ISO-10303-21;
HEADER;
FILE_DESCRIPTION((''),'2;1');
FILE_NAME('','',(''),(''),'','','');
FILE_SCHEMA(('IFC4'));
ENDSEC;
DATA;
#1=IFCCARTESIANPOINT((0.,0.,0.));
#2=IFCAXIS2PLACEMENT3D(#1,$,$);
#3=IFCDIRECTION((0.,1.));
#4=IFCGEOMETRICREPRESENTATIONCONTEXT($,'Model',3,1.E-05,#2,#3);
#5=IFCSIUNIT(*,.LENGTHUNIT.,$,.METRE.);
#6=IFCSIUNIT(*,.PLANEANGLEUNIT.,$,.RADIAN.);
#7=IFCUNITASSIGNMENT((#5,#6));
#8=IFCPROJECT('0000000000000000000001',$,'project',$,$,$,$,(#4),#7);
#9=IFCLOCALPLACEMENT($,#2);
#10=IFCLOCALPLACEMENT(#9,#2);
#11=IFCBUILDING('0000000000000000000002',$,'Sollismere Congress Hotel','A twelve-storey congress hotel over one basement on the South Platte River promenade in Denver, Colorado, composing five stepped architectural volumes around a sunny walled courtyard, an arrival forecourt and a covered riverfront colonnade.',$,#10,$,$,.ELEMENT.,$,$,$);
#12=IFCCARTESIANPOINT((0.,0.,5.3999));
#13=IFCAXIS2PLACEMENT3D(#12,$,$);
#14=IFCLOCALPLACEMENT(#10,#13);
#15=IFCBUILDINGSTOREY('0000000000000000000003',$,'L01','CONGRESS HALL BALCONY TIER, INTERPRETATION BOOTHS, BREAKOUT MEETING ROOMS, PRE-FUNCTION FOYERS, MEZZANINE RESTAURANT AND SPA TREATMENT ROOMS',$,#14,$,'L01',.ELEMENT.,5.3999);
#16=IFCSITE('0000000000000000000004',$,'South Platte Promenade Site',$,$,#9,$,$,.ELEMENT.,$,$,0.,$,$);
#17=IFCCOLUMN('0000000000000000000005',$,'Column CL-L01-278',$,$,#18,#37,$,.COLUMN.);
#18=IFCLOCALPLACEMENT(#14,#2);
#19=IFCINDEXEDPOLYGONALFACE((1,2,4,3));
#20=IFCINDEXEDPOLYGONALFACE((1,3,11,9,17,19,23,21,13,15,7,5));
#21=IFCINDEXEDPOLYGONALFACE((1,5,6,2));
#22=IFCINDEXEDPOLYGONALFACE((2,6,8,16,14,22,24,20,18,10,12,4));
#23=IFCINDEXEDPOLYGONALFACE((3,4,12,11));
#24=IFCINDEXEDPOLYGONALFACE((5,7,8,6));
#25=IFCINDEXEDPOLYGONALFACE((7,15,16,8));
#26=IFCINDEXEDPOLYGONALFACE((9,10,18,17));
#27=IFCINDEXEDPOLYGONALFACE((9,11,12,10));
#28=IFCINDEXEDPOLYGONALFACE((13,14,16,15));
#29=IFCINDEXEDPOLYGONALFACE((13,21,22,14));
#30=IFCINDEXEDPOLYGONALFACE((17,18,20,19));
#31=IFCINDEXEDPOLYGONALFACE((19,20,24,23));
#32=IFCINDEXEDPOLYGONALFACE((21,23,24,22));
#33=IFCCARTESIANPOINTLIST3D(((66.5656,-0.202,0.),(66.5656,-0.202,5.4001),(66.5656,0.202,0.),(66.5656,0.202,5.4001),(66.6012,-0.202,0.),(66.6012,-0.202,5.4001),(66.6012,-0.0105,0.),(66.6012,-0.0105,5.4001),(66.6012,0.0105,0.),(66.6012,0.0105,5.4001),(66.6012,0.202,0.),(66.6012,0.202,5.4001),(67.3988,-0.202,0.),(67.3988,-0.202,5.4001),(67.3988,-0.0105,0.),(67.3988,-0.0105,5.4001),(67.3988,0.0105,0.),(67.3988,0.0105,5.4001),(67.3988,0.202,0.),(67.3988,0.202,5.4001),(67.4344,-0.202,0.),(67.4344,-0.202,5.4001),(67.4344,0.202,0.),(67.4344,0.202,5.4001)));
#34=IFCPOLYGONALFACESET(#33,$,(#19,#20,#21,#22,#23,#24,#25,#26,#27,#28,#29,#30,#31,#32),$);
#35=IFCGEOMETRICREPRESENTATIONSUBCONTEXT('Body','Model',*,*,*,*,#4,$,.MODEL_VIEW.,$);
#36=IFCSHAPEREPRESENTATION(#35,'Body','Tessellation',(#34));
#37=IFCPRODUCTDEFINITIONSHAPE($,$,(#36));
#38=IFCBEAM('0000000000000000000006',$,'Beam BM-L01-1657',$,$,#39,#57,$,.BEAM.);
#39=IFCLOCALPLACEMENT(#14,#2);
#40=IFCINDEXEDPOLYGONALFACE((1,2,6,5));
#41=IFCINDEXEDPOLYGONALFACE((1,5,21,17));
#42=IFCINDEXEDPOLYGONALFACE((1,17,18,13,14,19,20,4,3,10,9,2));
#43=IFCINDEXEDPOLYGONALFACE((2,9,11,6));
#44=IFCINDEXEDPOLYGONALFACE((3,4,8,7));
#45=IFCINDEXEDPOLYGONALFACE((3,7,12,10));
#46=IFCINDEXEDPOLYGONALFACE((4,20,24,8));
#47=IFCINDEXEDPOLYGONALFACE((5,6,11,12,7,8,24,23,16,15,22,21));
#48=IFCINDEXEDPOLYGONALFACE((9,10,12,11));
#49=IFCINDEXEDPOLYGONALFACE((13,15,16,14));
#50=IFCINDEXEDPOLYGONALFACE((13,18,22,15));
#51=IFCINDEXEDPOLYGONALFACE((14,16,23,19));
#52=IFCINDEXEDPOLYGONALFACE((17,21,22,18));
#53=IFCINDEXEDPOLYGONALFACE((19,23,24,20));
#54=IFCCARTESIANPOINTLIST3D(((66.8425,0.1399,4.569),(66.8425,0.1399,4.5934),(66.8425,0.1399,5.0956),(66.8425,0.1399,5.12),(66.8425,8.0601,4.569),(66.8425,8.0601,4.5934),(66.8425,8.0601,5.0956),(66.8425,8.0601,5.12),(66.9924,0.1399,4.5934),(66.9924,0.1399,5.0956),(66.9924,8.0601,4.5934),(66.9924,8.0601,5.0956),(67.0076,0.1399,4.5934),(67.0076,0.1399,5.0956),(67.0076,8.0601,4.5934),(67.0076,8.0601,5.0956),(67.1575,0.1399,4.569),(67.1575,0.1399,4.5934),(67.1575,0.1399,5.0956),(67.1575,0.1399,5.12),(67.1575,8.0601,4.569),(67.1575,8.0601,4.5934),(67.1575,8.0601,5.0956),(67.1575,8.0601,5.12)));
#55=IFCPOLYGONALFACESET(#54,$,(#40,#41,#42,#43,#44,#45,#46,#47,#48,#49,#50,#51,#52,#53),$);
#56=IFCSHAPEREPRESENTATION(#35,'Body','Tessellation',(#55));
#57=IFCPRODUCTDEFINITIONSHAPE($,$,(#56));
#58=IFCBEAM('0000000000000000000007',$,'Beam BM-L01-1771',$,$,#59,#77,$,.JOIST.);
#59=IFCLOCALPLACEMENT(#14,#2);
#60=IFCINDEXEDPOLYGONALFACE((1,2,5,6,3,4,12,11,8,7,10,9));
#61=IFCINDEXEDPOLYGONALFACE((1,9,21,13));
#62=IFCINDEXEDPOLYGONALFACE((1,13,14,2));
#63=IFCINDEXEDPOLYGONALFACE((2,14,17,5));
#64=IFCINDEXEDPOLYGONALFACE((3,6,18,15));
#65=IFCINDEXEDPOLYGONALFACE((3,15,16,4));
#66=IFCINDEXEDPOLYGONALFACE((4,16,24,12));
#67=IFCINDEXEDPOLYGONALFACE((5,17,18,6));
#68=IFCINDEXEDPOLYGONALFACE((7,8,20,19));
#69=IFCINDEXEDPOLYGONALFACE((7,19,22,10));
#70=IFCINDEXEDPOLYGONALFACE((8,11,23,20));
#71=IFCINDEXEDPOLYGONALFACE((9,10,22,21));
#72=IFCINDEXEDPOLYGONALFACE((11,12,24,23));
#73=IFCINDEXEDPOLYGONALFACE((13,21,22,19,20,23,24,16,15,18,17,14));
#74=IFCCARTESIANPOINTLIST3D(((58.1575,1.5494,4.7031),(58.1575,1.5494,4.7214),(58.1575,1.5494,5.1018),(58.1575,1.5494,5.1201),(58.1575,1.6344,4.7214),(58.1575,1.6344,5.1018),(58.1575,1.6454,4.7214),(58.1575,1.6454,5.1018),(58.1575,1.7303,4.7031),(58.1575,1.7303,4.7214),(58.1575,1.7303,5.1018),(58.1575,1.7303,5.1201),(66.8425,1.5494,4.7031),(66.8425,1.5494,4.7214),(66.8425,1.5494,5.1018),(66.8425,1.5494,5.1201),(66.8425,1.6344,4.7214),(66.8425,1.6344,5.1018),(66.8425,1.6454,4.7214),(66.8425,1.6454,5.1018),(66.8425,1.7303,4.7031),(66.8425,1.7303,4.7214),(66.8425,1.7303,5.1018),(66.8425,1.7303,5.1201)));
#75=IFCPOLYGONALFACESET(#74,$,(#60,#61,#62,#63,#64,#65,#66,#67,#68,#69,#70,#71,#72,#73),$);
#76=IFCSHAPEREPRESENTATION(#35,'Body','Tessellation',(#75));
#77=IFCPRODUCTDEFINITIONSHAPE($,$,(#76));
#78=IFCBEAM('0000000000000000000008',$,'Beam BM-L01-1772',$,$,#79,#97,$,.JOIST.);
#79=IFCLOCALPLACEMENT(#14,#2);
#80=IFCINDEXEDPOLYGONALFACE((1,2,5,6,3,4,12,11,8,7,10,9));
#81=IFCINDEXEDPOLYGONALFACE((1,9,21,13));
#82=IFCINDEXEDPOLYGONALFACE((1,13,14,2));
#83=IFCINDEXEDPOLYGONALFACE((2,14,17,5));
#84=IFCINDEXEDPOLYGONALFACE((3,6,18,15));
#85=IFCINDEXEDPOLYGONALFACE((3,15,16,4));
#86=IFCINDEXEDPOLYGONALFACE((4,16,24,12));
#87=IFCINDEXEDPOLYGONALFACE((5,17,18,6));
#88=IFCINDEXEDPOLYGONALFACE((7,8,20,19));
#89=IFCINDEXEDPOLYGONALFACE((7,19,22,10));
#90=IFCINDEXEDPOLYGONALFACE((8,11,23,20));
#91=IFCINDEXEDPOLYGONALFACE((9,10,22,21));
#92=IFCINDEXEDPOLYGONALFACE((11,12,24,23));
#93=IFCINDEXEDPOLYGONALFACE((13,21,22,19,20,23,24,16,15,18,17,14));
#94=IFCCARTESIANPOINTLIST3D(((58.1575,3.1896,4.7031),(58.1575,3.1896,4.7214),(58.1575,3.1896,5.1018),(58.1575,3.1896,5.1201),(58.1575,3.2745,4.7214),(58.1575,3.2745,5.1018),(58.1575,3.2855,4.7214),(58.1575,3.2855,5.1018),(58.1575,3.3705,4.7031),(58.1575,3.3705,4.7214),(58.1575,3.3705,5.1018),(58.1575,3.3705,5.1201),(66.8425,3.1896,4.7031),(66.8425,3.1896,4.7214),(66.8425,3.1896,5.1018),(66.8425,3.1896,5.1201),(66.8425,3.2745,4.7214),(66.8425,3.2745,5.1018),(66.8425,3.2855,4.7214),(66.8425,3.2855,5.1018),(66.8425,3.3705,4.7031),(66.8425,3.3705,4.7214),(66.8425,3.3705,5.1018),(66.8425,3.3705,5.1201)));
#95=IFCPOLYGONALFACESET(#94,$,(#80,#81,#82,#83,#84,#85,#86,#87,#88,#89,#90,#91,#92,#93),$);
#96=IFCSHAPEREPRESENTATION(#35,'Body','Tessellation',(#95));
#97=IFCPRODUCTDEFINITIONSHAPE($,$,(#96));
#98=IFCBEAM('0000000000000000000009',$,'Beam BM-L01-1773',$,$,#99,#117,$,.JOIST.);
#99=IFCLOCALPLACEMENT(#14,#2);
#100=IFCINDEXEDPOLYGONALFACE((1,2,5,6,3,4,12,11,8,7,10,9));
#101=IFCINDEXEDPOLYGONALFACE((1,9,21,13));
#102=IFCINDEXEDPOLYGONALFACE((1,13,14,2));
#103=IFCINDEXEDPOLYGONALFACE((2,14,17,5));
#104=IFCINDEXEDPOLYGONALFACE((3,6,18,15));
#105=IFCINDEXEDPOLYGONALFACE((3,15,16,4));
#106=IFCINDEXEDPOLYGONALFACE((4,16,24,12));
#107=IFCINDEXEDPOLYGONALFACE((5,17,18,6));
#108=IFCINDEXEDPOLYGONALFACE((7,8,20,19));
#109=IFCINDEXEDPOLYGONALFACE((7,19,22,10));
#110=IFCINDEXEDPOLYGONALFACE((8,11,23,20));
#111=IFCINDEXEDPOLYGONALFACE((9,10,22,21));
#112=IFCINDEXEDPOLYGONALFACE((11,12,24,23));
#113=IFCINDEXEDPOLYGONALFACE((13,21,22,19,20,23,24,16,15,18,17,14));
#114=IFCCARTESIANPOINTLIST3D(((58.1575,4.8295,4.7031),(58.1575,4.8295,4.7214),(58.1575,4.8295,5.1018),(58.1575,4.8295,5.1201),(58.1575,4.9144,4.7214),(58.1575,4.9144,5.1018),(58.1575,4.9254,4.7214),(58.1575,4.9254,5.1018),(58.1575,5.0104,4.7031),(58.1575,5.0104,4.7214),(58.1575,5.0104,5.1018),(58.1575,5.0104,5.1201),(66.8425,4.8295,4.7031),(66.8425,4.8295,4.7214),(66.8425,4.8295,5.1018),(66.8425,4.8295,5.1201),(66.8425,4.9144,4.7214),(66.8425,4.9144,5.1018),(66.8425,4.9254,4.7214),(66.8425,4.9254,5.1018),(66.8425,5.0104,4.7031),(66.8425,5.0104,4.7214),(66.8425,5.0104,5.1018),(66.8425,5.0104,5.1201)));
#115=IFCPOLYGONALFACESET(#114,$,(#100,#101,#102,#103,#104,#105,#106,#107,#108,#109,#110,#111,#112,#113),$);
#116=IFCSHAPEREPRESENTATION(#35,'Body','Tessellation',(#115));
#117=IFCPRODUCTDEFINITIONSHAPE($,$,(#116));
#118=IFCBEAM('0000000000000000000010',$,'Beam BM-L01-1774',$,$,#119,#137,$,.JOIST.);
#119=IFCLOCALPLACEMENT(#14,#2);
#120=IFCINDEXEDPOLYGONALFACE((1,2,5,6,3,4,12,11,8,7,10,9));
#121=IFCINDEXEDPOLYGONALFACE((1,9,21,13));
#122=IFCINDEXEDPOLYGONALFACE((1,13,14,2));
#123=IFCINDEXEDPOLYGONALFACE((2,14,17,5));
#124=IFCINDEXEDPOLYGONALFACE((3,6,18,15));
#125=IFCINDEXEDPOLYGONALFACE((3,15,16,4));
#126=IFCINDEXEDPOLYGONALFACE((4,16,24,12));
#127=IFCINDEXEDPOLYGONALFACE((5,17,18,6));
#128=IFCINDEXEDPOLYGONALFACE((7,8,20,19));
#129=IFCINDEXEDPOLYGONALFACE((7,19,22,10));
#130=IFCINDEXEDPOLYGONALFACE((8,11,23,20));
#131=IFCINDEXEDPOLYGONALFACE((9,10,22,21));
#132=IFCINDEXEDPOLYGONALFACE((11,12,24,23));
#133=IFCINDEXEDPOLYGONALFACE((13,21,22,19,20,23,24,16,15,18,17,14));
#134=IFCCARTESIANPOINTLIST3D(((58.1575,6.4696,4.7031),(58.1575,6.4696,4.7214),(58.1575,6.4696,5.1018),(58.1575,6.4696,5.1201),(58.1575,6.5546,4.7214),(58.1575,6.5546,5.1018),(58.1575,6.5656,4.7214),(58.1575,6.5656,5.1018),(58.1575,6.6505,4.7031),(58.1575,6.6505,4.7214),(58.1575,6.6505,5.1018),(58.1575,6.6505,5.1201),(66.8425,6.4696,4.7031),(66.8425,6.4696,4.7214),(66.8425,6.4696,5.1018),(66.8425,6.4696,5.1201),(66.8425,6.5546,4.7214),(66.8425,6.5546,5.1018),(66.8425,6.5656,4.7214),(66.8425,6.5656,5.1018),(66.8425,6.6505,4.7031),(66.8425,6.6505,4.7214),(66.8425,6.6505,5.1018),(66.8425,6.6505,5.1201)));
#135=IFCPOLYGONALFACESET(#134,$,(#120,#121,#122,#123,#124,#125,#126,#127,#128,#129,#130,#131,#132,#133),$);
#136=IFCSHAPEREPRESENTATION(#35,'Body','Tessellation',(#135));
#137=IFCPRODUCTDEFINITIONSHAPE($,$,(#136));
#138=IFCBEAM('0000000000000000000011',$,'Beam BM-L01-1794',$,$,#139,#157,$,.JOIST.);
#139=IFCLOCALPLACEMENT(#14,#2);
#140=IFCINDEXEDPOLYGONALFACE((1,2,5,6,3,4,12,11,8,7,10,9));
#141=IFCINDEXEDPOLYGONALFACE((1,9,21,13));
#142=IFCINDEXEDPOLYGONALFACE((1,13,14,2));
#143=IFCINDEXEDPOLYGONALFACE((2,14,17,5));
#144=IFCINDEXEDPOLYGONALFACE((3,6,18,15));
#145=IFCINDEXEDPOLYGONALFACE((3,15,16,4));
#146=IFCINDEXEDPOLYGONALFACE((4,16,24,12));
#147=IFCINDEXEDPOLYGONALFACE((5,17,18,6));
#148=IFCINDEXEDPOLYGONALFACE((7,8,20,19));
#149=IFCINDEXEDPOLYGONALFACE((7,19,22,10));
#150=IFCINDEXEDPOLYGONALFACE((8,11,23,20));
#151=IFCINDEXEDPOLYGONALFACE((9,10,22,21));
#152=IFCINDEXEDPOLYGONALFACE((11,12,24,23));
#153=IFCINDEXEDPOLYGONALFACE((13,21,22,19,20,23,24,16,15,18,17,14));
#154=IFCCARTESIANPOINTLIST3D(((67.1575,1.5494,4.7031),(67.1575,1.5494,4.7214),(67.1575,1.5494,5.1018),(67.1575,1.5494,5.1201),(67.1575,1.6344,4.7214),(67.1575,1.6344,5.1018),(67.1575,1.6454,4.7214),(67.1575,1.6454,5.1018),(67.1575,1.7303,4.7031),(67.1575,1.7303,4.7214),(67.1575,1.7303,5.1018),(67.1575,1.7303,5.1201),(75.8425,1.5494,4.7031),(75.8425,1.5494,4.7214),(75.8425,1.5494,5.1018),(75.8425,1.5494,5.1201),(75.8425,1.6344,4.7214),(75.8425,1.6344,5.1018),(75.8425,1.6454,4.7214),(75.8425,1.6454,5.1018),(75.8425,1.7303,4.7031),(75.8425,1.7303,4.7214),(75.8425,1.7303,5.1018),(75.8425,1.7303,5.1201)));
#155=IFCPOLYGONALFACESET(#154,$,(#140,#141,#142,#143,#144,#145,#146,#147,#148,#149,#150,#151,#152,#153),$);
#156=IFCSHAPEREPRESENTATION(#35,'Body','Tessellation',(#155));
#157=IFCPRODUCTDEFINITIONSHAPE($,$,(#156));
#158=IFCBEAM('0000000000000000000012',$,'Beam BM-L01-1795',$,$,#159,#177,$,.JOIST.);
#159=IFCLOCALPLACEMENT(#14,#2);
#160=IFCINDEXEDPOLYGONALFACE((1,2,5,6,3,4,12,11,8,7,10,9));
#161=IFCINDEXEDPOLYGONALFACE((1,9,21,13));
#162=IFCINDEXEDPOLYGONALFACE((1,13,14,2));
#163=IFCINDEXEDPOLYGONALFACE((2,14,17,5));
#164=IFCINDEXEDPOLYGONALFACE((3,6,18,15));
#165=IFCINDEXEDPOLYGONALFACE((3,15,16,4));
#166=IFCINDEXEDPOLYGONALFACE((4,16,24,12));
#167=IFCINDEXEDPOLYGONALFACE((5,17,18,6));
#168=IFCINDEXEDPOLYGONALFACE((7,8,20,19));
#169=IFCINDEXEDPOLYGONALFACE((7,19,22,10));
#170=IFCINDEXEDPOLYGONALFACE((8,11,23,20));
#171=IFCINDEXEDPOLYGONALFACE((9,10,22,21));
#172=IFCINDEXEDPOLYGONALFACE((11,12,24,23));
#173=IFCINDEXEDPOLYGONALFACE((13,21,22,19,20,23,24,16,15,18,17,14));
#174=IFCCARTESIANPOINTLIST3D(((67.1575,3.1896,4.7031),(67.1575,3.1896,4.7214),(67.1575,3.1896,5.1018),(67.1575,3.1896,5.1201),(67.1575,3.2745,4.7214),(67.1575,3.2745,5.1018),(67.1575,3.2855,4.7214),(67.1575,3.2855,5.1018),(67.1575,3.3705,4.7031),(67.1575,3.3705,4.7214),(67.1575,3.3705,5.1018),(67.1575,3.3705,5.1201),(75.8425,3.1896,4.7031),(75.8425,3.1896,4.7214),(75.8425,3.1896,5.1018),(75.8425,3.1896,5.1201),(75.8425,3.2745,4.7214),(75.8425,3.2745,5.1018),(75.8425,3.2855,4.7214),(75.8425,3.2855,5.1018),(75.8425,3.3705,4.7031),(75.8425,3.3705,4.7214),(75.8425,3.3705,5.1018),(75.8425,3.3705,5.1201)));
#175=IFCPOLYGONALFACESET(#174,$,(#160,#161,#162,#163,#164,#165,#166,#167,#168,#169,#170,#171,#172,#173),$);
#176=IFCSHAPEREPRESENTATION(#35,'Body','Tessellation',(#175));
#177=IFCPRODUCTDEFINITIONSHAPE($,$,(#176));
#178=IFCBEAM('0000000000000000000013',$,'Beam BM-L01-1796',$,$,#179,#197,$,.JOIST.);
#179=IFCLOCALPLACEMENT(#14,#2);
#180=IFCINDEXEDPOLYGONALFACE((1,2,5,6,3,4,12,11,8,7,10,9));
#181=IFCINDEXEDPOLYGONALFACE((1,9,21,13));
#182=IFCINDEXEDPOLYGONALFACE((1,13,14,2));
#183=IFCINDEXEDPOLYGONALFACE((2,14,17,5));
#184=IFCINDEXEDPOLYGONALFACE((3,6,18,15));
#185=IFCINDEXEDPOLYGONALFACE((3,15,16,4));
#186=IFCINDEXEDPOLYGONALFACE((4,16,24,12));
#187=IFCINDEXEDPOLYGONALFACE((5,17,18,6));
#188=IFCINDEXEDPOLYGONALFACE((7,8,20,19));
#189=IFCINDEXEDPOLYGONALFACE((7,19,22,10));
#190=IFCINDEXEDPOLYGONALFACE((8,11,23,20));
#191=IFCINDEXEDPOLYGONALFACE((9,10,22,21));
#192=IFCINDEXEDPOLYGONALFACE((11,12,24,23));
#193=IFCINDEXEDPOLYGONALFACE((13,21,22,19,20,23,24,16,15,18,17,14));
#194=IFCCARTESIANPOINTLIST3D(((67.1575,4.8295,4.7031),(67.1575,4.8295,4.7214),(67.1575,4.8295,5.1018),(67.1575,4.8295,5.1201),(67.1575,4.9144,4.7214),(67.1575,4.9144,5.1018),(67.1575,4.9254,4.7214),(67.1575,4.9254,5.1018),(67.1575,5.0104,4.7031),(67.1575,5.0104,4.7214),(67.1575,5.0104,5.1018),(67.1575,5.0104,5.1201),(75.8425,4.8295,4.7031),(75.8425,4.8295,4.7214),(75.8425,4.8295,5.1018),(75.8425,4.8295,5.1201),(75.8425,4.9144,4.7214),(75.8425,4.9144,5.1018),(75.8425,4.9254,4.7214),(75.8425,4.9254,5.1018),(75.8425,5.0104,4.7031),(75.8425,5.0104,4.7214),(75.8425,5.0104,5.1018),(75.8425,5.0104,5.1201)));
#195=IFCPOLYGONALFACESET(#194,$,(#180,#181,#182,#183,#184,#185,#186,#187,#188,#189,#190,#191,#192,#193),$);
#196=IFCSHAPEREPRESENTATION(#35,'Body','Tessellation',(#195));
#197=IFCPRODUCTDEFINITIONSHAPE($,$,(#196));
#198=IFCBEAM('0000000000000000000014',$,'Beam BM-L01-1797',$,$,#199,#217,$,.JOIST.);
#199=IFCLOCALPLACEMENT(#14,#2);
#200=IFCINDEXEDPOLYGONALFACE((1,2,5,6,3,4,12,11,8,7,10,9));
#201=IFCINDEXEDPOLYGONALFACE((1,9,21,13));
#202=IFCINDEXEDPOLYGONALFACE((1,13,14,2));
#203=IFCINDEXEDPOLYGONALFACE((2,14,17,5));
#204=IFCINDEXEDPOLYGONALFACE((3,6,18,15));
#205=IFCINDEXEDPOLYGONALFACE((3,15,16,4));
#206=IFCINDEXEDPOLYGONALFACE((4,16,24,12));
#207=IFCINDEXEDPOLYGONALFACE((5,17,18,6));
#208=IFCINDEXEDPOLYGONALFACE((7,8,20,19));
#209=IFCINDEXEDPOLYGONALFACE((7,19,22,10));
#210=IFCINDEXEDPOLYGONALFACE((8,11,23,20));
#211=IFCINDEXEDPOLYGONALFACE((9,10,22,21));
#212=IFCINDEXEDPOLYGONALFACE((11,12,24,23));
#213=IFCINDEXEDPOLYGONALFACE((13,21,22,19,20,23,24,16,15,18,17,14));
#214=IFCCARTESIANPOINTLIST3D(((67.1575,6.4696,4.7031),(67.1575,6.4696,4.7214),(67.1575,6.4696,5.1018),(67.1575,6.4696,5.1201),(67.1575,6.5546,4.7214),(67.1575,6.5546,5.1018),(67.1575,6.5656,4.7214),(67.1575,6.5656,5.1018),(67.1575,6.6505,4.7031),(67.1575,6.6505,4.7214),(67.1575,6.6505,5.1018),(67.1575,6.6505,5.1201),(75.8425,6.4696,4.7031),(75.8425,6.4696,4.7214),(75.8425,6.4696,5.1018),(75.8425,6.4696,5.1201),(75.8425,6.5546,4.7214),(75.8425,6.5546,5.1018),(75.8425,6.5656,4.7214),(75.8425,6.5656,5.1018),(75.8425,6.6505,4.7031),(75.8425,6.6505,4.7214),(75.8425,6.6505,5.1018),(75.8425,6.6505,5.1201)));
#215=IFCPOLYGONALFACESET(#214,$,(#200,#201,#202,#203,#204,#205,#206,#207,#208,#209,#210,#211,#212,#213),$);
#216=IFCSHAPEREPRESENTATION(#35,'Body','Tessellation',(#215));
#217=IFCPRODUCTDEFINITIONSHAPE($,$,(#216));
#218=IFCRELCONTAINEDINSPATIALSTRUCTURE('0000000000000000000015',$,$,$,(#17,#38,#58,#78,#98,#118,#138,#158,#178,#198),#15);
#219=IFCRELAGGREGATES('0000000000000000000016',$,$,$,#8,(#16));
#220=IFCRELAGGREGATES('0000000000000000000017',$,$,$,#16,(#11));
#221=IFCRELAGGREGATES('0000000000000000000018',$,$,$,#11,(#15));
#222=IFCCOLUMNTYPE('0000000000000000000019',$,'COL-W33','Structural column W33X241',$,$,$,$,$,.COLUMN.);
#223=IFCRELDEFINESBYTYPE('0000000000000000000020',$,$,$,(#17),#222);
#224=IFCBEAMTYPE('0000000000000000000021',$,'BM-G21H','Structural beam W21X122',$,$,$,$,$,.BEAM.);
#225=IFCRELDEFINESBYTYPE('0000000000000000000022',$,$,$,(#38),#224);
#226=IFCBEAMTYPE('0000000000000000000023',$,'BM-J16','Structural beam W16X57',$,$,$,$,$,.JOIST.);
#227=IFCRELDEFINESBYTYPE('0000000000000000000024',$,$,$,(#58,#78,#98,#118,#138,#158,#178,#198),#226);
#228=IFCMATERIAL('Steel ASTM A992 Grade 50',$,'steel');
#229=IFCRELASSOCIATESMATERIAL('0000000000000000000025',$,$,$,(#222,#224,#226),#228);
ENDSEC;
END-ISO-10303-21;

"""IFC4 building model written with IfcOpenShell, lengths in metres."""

from ifc_helpers import new_model, si_unit, direction, frame, origin, origin_2d, place, context, subcontext, project, spatial, i_section, extrude, material, material_profile, profile_set, type_object, element, save


model = new_model("IFC4")

# Units and contexts
model_context = context("Model", 3, precision=1e-05, world=origin(), true_north=direction((0.0, 1.0)))
body_context = subcontext(model_context, "Body", "Model", "MODEL_VIEW")
ifc_project = project(units=[si_unit("LENGTHUNIT", "METRE"), si_unit("PLANEANGLEUNIT", "RADIAN")], contexts=[model_context])

# Site, building, storey
site_placement = place(None, origin())
site = spatial("IfcSite", under=ifc_project, at=site_placement, Name="South Platte Promenade Site", CompositionType="ELEMENT", RefElevation=0.0)
building_placement = place(site_placement, origin())
building = spatial("IfcBuilding", under=site, at=building_placement, Name="Sollismere Congress Hotel", Description="A twelve-storey congress hotel over one basement on the South Platte River promenade in Denver, Colorado, composing five stepped architectural volumes around a sunny walled courtyard, an arrival forecourt and a covered riverfront colonnade.", CompositionType="ELEMENT")
storey_placement = place(building_placement, frame((0.0, 0.0, 5.3999)))
storey = spatial("IfcBuildingStorey", under=building, at=storey_placement, Name="L01", Description="CONGRESS HALL BALCONY TIER, INTERPRETATION BOOTHS, BREAKOUT MEETING ROOMS, PRE-FUNCTION FOYERS, MEZZANINE RESTAURANT AND SPA TREATMENT ROOMS", LongName="L01", CompositionType="ELEMENT", Elevation=5.3999)

# Column
ifc_material_1 = material(Name="Steel ASTM A992 Grade 50", Category="steel")
ifc_material_profile_1 = material_profile(ifc_material_1, i_section(OverallWidth=0.4041, OverallDepth=0.8689, WebThickness=0.021, FlangeThickness=0.0356, at=origin_2d()), Name="W33X241")
ifc_profile_set_1 = profile_set([ifc_material_profile_1], Name="Steel ASTM A992 Grade 50")
column_type = type_object("IfcColumnType", Name="COL-W33", Description="Structural column W33X241", PredefinedType="COLUMN", material=ifc_profile_set_1)
column_placement = place(storey_placement, frame((67.0, 0.0, 0.0), z_axis=(0.0, 0.0, 1.0), x_axis=(0.0, 1.0, 0.0)))
element("IfcColumn", 1, at=column_placement, inside=storey, type_object=column_type, Name="Column CL-L01-278", PredefinedType="COLUMN", context=body_context, shape_type="SweptSolid", body=[
    extrude(i_section(OverallWidth=0.4041, OverallDepth=0.8689, WebThickness=0.021, FlangeThickness=0.0356, at=origin_2d()), origin(), (0.0, 0.0, 1.0), 5.4001),
])

# Beams
ifc_material_profile_2 = material_profile(ifc_material_1, i_section(OverallWidth=0.3149, OverallDepth=0.551, WebThickness=0.0151, FlangeThickness=0.0244, at=origin_2d()), Name="W21X122")
ifc_profile_set_2 = profile_set([ifc_material_profile_2], Name="Steel ASTM A992 Grade 50")
beam_type_1 = type_object("IfcBeamType", Name="BM-G21H", Description="Structural beam W21X122", PredefinedType="BEAM", material=ifc_profile_set_2)
beam_1_placement = place(storey_placement, frame((67.0, 0.1399, 4.8445), z_axis=(0.0, 1.0, 0.0), x_axis=(-1.0, 0.0, 0.0)))
element("IfcBeam", 2, at=beam_1_placement, inside=storey, type_object=beam_type_1, Name="Beam BM-L01-1657", PredefinedType="BEAM", context=body_context, shape_type="SweptSolid", body=[
    extrude(i_section(OverallWidth=0.3149, OverallDepth=0.551, WebThickness=0.0151, FlangeThickness=0.0244, at=origin_2d()), origin(), (0.0, 0.0, 1.0), 7.9202),
])
ifc_material_profile_3 = material_profile(ifc_material_1, i_section(OverallWidth=0.1809, OverallDepth=0.417, WebThickness=0.011, FlangeThickness=0.0183, at=origin_2d()), Name="W16X57")
ifc_profile_set_3 = profile_set([ifc_material_profile_3], Name="Steel ASTM A992 Grade 50")
beam_type_2 = type_object("IfcBeamType", Name="BM-J16", Description="Structural beam W16X57", PredefinedType="JOIST", material=ifc_profile_set_3)
for number, where, z_axis, x_axis, name in (
    (3, (58.1575, 1.6399, 4.9116), (1.0, 0.0, 0.0), (0.0, 1.0, 0.0), "Beam BM-L01-1771"),
    (4, (58.1575, 3.28, 4.9116), (1.0, 0.0, 0.0), (0.0, 1.0, 0.0), "Beam BM-L01-1772"),
    (5, (58.1575, 4.9199, 4.9116), (1.0, 0.0, 0.0), (0.0, 1.0, 0.0), "Beam BM-L01-1773"),
    (6, (58.1575, 6.5601, 4.9116), (1.0, 0.0, 0.0), (0.0, 1.0, 0.0), "Beam BM-L01-1774"),
    (7, (67.1575, 1.6399, 4.9116), (1.0, 0.0, 0.0), (0.0, 1.0, 0.0), "Beam BM-L01-1794"),
    (8, (67.1575, 3.28, 4.9116), (1.0, 0.0, 0.0), (0.0, 1.0, 0.0), "Beam BM-L01-1795"),
    (9, (67.1575, 4.9199, 4.9116), (1.0, 0.0, 0.0), (0.0, 1.0, 0.0), "Beam BM-L01-1796"),
    (10, (67.1575, 6.5601, 4.9116), (1.0, 0.0, 0.0), (0.0, 1.0, 0.0), "Beam BM-L01-1797"),
):
    element("IfcBeam", number, at=place(storey_placement, frame(where, z_axis=z_axis, x_axis=x_axis)), inside=storey, type_object=beam_type_2, Name=name, PredefinedType="JOIST", context=body_context, shape_type="SweptSolid", body=[
        extrude(i_section(OverallWidth=0.1809, OverallDepth=0.417, WebThickness=0.011, FlangeThickness=0.0183, at=origin_2d()), origin(), (0.0, 0.0, 1.0), 8.6851),
    ])

save(model, "model.ifc")
